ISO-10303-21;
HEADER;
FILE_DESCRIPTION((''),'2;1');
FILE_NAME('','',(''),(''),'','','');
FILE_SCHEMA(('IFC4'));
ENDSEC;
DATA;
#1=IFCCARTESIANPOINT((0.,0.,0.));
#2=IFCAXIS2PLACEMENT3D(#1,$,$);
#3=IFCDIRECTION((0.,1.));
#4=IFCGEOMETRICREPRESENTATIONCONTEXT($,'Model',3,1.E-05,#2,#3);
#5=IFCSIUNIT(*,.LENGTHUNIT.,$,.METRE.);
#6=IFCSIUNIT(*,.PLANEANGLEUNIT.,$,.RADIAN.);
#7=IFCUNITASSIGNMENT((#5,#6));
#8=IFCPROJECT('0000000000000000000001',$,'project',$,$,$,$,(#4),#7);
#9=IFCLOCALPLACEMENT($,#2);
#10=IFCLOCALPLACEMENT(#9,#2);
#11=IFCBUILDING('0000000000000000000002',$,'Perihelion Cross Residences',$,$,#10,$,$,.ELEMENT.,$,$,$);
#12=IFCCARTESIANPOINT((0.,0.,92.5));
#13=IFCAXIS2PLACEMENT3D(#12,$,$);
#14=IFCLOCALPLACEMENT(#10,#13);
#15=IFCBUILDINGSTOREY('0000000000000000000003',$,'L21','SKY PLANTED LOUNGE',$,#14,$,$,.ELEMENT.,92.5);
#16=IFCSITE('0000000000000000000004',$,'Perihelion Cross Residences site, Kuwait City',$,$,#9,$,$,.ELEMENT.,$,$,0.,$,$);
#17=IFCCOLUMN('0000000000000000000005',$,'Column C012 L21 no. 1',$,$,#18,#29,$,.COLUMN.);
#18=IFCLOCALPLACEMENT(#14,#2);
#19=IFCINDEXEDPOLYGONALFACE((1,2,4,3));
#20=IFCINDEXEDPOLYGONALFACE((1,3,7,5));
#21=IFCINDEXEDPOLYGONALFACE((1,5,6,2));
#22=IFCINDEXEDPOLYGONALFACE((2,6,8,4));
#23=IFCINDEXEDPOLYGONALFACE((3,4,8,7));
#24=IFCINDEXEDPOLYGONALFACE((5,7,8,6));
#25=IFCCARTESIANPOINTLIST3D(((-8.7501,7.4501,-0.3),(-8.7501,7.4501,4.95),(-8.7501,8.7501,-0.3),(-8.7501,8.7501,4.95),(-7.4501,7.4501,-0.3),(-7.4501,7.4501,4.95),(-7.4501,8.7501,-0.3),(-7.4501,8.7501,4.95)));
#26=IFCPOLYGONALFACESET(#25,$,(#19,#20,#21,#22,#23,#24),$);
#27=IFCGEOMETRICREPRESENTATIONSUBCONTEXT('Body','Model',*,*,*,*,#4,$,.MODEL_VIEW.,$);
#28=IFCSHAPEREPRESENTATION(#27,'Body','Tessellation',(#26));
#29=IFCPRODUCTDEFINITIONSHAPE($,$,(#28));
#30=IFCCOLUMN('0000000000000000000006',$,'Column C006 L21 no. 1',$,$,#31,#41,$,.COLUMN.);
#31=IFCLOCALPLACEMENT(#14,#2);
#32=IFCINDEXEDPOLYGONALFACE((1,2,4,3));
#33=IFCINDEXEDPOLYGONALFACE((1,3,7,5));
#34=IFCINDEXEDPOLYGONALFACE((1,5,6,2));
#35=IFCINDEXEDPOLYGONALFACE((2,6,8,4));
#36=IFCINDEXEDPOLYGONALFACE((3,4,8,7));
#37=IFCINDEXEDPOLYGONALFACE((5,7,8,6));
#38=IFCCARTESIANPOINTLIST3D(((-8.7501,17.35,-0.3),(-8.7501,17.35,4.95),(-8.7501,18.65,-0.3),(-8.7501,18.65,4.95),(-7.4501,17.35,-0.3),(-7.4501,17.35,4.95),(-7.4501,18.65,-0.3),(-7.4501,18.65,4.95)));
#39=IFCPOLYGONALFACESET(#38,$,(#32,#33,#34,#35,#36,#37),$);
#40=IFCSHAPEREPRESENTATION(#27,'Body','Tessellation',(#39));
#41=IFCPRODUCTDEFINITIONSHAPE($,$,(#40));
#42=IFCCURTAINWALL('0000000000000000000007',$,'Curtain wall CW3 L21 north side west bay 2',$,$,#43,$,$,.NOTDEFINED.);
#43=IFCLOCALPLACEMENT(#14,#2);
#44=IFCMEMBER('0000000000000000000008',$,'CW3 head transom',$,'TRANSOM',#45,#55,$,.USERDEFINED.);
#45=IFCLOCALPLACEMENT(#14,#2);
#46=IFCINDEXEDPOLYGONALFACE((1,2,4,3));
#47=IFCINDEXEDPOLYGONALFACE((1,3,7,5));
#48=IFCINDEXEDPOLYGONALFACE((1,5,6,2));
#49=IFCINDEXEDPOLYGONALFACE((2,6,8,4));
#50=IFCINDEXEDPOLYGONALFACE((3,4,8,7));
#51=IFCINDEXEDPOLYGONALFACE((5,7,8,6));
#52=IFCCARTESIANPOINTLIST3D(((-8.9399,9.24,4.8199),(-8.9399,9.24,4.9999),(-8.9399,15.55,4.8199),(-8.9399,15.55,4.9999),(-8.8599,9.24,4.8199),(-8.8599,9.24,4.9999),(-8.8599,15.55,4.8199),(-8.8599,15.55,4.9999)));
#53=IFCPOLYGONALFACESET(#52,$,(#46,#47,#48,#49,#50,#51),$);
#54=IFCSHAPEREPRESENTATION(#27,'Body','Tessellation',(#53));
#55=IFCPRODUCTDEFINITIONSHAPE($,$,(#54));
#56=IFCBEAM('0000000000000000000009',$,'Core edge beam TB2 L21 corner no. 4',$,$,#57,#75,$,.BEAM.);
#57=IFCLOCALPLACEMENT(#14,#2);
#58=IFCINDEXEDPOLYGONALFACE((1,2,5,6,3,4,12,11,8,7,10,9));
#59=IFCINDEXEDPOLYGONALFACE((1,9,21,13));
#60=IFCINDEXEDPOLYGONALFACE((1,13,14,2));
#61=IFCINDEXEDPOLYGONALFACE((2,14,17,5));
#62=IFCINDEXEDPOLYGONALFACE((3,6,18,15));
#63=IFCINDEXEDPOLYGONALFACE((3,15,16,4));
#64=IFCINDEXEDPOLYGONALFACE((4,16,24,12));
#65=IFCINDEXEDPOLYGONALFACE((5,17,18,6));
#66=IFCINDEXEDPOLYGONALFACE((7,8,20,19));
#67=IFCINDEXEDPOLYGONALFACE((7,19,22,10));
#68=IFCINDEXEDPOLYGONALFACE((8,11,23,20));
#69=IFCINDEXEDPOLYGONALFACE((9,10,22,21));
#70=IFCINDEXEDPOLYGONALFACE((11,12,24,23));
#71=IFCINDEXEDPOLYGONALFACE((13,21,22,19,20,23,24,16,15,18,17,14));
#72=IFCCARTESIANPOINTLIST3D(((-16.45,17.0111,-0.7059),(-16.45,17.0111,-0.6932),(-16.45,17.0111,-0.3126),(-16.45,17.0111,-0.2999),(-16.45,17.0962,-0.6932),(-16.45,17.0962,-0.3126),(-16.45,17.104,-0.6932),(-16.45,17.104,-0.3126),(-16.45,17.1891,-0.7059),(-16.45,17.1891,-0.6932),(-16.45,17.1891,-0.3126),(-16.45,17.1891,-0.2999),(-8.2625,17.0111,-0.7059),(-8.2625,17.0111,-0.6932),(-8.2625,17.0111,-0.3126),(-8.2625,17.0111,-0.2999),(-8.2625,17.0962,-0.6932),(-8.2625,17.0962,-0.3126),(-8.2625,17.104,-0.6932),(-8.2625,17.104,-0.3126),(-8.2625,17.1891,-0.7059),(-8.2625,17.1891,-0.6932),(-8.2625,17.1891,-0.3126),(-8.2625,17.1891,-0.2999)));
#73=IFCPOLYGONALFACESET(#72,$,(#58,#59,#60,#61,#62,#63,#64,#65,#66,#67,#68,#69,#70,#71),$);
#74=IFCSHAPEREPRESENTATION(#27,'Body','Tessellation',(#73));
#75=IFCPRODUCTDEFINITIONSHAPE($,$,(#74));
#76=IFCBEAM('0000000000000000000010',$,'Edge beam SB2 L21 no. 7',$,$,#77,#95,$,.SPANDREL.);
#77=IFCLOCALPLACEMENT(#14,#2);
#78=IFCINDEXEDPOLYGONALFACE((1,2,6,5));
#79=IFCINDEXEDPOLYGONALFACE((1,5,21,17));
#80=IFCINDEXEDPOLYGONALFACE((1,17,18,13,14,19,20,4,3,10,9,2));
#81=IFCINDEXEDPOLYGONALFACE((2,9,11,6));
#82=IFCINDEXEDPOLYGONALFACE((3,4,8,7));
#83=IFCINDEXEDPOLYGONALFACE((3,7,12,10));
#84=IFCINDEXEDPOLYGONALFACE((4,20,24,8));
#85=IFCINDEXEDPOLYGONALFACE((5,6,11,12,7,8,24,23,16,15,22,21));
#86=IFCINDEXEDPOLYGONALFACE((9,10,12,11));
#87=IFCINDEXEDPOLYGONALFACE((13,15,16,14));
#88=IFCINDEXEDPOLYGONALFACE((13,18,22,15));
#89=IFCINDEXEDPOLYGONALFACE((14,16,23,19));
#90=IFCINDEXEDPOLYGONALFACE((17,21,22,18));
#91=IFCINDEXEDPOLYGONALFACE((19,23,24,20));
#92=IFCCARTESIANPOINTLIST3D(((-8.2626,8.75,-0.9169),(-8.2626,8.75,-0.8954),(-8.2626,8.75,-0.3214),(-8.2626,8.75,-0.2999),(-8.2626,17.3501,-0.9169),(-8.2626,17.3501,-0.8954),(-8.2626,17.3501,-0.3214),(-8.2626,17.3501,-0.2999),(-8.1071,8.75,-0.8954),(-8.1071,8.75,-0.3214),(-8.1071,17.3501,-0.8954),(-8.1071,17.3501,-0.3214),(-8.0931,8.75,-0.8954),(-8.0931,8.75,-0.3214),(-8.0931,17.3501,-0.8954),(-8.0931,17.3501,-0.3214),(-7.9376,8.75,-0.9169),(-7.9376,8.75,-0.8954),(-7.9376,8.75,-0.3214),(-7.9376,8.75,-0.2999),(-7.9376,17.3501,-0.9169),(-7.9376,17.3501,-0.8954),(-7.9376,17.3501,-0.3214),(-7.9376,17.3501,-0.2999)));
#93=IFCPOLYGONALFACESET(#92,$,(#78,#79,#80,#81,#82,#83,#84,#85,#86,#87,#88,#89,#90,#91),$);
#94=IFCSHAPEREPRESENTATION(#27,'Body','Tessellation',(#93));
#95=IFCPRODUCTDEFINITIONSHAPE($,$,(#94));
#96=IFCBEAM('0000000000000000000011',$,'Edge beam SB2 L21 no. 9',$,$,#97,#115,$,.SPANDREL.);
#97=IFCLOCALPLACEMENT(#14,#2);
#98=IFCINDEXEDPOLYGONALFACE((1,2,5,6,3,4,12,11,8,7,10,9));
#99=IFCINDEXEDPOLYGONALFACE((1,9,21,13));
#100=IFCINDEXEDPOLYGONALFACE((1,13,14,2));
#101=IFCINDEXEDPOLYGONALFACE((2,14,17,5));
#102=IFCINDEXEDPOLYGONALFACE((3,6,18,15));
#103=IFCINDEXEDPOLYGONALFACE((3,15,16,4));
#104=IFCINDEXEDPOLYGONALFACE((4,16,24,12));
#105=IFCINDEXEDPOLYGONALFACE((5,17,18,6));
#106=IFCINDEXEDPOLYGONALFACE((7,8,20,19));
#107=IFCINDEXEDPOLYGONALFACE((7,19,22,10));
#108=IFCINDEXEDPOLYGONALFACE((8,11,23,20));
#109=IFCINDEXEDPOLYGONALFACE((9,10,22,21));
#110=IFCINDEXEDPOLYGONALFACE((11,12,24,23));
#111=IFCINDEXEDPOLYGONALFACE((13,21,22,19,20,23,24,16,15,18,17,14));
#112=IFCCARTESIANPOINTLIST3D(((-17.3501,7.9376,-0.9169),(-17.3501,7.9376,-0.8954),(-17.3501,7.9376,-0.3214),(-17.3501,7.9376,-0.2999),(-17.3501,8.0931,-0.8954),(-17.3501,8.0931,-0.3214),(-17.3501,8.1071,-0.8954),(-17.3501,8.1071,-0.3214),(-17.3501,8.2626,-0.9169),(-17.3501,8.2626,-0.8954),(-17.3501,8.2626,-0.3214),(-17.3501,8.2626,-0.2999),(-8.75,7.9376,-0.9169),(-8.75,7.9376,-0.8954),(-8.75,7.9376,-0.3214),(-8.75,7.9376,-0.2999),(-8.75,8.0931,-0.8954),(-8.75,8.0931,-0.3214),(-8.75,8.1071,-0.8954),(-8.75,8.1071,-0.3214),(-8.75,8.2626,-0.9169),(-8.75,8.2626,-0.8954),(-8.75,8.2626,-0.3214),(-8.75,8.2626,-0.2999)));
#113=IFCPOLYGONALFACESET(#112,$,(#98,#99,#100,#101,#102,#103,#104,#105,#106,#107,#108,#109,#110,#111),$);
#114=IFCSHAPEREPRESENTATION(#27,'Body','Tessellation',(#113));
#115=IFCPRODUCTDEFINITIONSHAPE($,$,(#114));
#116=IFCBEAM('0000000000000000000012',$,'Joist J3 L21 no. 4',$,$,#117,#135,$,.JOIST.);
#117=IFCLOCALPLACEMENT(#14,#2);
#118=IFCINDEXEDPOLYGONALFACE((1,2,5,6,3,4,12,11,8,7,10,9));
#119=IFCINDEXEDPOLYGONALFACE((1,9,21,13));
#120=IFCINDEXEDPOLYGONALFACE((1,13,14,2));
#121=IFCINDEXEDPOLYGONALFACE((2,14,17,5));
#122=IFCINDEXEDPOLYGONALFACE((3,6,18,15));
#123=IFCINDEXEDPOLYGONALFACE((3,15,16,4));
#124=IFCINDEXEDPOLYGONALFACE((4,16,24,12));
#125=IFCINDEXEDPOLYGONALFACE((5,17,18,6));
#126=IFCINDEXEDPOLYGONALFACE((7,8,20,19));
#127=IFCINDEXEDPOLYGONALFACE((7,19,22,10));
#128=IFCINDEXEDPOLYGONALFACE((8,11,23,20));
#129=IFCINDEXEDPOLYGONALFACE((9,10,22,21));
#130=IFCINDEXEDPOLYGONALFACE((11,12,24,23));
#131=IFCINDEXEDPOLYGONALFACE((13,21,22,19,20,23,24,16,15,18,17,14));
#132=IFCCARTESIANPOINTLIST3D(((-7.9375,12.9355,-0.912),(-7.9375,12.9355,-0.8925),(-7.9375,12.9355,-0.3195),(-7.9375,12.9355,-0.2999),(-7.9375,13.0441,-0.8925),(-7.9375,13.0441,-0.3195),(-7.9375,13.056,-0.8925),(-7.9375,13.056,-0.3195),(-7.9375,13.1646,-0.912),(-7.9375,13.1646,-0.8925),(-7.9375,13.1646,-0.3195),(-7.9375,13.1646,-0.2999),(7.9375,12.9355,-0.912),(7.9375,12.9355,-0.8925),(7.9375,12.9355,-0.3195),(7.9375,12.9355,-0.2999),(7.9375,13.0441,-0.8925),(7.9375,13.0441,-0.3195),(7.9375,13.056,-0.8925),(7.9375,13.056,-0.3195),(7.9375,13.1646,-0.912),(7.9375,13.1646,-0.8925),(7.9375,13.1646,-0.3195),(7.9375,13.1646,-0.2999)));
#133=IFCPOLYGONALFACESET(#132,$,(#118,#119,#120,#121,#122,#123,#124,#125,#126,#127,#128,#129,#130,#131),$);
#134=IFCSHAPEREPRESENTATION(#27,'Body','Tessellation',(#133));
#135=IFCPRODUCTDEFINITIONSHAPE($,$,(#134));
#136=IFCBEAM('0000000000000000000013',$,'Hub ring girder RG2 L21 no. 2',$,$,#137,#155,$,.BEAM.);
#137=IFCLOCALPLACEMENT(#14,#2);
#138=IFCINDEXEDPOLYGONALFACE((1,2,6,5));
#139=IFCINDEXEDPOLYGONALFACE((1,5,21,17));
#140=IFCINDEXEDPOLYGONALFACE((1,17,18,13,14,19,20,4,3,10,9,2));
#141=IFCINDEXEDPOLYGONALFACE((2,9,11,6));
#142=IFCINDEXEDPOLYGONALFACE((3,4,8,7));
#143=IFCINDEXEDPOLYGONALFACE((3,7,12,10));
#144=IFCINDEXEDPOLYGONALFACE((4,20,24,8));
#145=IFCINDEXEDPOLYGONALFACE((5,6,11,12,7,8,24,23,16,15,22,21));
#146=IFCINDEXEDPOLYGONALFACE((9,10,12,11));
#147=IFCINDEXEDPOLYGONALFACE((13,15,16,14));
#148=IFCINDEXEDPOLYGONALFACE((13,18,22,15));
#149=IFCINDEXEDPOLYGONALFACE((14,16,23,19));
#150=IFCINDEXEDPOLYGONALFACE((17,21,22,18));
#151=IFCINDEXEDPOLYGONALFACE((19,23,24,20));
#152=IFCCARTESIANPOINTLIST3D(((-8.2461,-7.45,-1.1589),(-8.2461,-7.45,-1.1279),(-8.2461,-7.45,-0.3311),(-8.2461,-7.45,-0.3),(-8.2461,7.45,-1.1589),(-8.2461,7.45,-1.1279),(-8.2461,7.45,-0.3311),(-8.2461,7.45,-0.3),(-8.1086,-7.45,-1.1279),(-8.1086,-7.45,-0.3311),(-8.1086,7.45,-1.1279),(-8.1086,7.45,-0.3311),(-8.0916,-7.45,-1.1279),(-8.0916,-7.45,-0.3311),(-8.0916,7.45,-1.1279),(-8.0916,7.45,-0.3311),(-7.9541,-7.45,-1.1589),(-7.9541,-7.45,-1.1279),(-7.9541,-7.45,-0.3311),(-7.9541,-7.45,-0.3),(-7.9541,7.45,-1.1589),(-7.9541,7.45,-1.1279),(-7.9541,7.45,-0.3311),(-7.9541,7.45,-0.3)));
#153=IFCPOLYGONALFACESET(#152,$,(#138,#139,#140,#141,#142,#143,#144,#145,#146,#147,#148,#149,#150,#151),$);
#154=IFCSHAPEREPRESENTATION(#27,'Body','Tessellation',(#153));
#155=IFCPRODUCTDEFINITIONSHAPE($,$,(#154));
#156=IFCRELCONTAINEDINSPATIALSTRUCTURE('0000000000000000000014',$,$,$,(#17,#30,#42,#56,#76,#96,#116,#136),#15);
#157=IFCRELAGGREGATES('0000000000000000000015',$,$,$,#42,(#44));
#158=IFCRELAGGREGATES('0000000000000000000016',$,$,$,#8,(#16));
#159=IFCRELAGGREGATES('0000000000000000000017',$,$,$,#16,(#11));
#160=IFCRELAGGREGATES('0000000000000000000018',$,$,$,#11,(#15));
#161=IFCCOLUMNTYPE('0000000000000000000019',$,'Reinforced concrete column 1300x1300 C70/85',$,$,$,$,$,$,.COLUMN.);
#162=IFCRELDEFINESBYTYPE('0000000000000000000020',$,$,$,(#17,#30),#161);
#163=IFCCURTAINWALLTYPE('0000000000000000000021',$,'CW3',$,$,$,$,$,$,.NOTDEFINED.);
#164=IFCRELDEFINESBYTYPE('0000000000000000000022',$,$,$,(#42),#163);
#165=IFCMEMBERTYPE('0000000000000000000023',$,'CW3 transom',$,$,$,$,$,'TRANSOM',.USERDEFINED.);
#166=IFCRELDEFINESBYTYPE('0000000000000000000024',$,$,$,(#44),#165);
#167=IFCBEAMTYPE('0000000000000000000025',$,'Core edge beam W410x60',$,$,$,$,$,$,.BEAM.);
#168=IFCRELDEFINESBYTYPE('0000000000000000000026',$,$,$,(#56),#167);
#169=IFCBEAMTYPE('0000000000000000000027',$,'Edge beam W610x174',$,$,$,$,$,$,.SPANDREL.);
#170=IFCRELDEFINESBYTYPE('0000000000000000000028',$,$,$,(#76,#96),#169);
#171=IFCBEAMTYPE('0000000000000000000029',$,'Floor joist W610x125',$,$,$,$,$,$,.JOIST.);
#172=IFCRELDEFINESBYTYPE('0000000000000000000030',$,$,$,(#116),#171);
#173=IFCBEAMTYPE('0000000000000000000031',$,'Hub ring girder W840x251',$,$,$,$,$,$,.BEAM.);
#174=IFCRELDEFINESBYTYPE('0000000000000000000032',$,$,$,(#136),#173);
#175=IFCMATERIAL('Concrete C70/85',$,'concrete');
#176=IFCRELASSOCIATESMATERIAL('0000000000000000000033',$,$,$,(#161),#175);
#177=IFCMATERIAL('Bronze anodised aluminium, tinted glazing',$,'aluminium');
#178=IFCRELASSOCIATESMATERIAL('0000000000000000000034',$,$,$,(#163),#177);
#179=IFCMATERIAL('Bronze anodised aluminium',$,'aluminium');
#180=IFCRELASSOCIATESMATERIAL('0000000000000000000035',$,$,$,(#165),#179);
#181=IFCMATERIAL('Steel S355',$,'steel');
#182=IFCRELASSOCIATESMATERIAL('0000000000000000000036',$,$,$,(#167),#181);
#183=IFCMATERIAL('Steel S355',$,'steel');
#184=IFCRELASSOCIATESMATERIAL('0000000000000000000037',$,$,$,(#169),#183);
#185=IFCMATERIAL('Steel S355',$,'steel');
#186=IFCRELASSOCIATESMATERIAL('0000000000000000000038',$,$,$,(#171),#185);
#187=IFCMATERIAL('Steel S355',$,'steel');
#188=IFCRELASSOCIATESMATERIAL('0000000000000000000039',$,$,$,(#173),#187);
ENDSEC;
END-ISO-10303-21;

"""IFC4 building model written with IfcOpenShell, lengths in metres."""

from ifc_helpers import new_model, si_unit, direction, frame, origin, origin_2d, place, context, subcontext, project, spatial, rectangle, i_section, extrude, material, material_profile, profile_set, type_object, element, aggregate, save


model = new_model("IFC4")

# Units and contexts
model_context = context("Model", 3, precision=1e-05, world=origin(), true_north=direction((0.0, 1.0)))
body_context = subcontext(model_context, "Body", "Model", "MODEL_VIEW")
ifc_project = project(units=[si_unit("LENGTHUNIT", "METRE"), si_unit("PLANEANGLEUNIT", "RADIAN")], contexts=[model_context])

# Site, building, storey
site_placement = place(None, origin())
site = spatial("IfcSite", under=ifc_project, at=site_placement, Name="Perihelion Cross Residences site, Kuwait City", CompositionType="ELEMENT", RefElevation=0.0)
building_placement = place(site_placement, origin())
building = spatial("IfcBuilding", under=site, at=building_placement, Name="Perihelion Cross Residences", CompositionType="ELEMENT")
storey_placement = place(building_placement, frame((0.0, 0.0, 92.5)))
storey = spatial("IfcBuildingStorey", under=building, at=storey_placement, Name="L21", Description="SKY PLANTED LOUNGE", CompositionType="ELEMENT", Elevation=92.5)

# Columns
ifc_material_1 = material(Name="Concrete C70/85", Category="concrete")
ifc_material_profile_1 = material_profile(ifc_material_1, rectangle(XDim=1.3, YDim=1.3, at=origin_2d()), Name="RC 1300x1300")
ifc_profile_set_1 = profile_set([ifc_material_profile_1], Name="Concrete C70/85")
column_type = type_object("IfcColumnType", Name="Reinforced concrete column 1300x1300 C70/85", PredefinedType="COLUMN", material=ifc_profile_set_1)
for number, where, z_axis, x_axis, name in (
    (1, (-8.1001, 8.1001, -0.3), (0.0, 0.0, 1.0), (1.0, 0.0, 0.0), "Column C012 L21 no. 1"),
    (2, (-8.1001, 18.0, -0.3), (0.0, 0.0, 1.0), (1.0, 0.0, 0.0), "Column C006 L21 no. 1"),
):
    element("IfcColumn", number, at=place(storey_placement, frame(where, z_axis=z_axis, x_axis=x_axis)), inside=storey, type_object=column_type, Name=name, PredefinedType="COLUMN", context=body_context, shape_type="SweptSolid", body=[
        extrude(rectangle(XDim=1.3, YDim=1.3, at=origin_2d()), origin(), (0.0, 0.0, 1.0), 5.25),
    ])

# Curtain wall, member
ifc_material_2 = material(Name="Bronze anodised aluminium, tinted glazing", Category="aluminium")
curtain_wall_type = type_object("IfcCurtainWallType", Name="CW3", PredefinedType="NOTDEFINED", material=ifc_material_2)
curtain_wall_placement = place(storey_placement, origin())
curtain_wall = element("IfcCurtainWall", 3, at=curtain_wall_placement, inside=storey, type_object=curtain_wall_type, Name="Curtain wall CW3 L21 north side west bay 2", PredefinedType="NOTDEFINED")
ifc_material_3 = material(Name="Bronze anodised aluminium", Category="aluminium")
ifc_material_profile_2 = material_profile(ifc_material_3, rectangle(XDim=0.0801, YDim=0.1799, at=origin_2d()), Name="CW3 transom")
ifc_profile_set_2 = profile_set([ifc_material_profile_2], Name="Bronze anodised aluminium")
member_type = type_object("IfcMemberType", Name="CW3 transom", ElementType="TRANSOM", PredefinedType="USERDEFINED", material=ifc_profile_set_2)
member_placement = place(storey_placement, frame((-8.8999, 15.55, 4.9099), z_axis=(0.0, -1.0, 0.0), x_axis=(1.0, 0.0, 0.0)))
member = element("IfcMember", 4, at=member_placement, type_object=member_type, Name="CW3 head transom", ObjectType="TRANSOM", PredefinedType="USERDEFINED", context=body_context, shape_type="SweptSolid", body=[
    extrude(rectangle(XDim=0.0801, YDim=0.1799, at=origin_2d()), origin(), (0.0, 0.0, 1.0), 6.3101),
])
aggregate(curtain_wall, [member])

# Beams
ifc_material_4 = material(Name="Steel S355", Category="steel")
ifc_material_profile_3 = material_profile(ifc_material_4, i_section(OverallWidth=0.178, OverallDepth=0.406, WebThickness=0.0078, FlangeThickness=0.0127, at=origin_2d()), Name="W410x60")
ifc_profile_set_3 = profile_set([ifc_material_profile_3], Name="Steel S355")
beam_type_1 = type_object("IfcBeamType", Name="Core edge beam W410x60", PredefinedType="BEAM", material=ifc_profile_set_3)
beam_1_placement = place(storey_placement, frame((-8.2625, 17.1001, -0.5029), z_axis=(-1.0, 0.0, 0.0), x_axis=(0.0, -1.0, 0.0)))
element("IfcBeam", 5, at=beam_1_placement, inside=storey, type_object=beam_type_1, Name="Core edge beam TB2 L21 corner no. 4", PredefinedType="BEAM", context=body_context, shape_type="SweptSolid", body=[
    extrude(i_section(OverallWidth=0.178, OverallDepth=0.406, WebThickness=0.0078, FlangeThickness=0.0127, at=origin_2d()), origin(), (0.0, 0.0, 1.0), 8.1875),
])
ifc_material_5 = material(Name="Steel S355", Category="steel")
ifc_material_profile_4 = material_profile(ifc_material_5, i_section(OverallWidth=0.325, OverallDepth=0.6169, WebThickness=0.0139, FlangeThickness=0.0215, at=origin_2d()), Name="W610x174")
ifc_profile_set_4 = profile_set([ifc_material_profile_4], Name="Steel S355")
beam_type_2 = type_object("IfcBeamType", Name="Edge beam W610x174", PredefinedType="SPANDREL", material=ifc_profile_set_4)
for number, where, z_axis, x_axis, name in (
    (6, (-8.1001, 17.3501, -0.6084), (0.0, -1.0, 0.0), (1.0, 0.0, 0.0), "Edge beam SB2 L21 no. 7"),
    (7, (-8.75, 8.1001, -0.6084), (-1.0, 0.0, 0.0), (0.0, -1.0, 0.0), "Edge beam SB2 L21 no. 9"),
):
    element("IfcBeam", number, at=place(storey_placement, frame(where, z_axis=z_axis, x_axis=x_axis)), inside=storey, type_object=beam_type_2, Name=name, PredefinedType="SPANDREL", context=body_context, shape_type="SweptSolid", body=[
        extrude(i_section(OverallWidth=0.325, OverallDepth=0.6169, WebThickness=0.0139, FlangeThickness=0.0215, at=origin_2d()), origin(), (0.0, 0.0, 1.0), 8.6001),
    ])
ifc_material_6 = material(Name="Steel S355", Category="steel")
ifc_material_profile_5 = material_profile(ifc_material_6, i_section(OverallWidth=0.229, OverallDepth=0.6121, WebThickness=0.012, FlangeThickness=0.0195, at=origin_2d()), Name="W610x125")
ifc_profile_set_5 = profile_set([ifc_material_profile_5], Name="Steel S355")
beam_type_3 = type_object("IfcBeamType", Name="Floor joist W610x125", PredefinedType="JOIST", material=ifc_profile_set_5)
beam_2_placement = place(storey_placement, frame((-7.9375, 13.05, -0.606), z_axis=(1.0, 0.0, 0.0), x_axis=(0.0, 1.0, 0.0)))
element("IfcBeam", 8, at=beam_2_placement, inside=storey, type_object=beam_type_3, Name="Joist J3 L21 no. 4", PredefinedType="JOIST", context=body_context, shape_type="SweptSolid", body=[
    extrude(i_section(OverallWidth=0.229, OverallDepth=0.6121, WebThickness=0.012, FlangeThickness=0.0195, at=origin_2d()), origin(), (0.0, 0.0, 1.0), 15.875),
])
ifc_material_7 = material(Name="Steel S355", Category="steel")
ifc_material_profile_6 = material_profile(ifc_material_7, i_section(OverallWidth=0.292, OverallDepth=0.8589, WebThickness=0.0171, FlangeThickness=0.031, at=origin_2d()), Name="W840x251")
ifc_profile_set_6 = profile_set([ifc_material_profile_6], Name="Steel S355")
beam_type_4 = type_object("IfcBeamType", Name="Hub ring girder W840x251", PredefinedType="BEAM", material=ifc_profile_set_6)
beam_3_placement = place(storey_placement, frame((-8.1001, 7.45, -0.7295), z_axis=(0.0, -1.0, 0.0), x_axis=(1.0, 0.0, 0.0)))
element("IfcBeam", 9, at=beam_3_placement, inside=storey, type_object=beam_type_4, Name="Hub ring girder RG2 L21 no. 2", PredefinedType="BEAM", context=body_context, shape_type="SweptSolid", body=[
    extrude(i_section(OverallWidth=0.292, OverallDepth=0.8589, WebThickness=0.0171, FlangeThickness=0.031, at=origin_2d()), origin(), (0.0, 0.0, 1.0), 14.8999),
])

save(model, "model.ifc")
